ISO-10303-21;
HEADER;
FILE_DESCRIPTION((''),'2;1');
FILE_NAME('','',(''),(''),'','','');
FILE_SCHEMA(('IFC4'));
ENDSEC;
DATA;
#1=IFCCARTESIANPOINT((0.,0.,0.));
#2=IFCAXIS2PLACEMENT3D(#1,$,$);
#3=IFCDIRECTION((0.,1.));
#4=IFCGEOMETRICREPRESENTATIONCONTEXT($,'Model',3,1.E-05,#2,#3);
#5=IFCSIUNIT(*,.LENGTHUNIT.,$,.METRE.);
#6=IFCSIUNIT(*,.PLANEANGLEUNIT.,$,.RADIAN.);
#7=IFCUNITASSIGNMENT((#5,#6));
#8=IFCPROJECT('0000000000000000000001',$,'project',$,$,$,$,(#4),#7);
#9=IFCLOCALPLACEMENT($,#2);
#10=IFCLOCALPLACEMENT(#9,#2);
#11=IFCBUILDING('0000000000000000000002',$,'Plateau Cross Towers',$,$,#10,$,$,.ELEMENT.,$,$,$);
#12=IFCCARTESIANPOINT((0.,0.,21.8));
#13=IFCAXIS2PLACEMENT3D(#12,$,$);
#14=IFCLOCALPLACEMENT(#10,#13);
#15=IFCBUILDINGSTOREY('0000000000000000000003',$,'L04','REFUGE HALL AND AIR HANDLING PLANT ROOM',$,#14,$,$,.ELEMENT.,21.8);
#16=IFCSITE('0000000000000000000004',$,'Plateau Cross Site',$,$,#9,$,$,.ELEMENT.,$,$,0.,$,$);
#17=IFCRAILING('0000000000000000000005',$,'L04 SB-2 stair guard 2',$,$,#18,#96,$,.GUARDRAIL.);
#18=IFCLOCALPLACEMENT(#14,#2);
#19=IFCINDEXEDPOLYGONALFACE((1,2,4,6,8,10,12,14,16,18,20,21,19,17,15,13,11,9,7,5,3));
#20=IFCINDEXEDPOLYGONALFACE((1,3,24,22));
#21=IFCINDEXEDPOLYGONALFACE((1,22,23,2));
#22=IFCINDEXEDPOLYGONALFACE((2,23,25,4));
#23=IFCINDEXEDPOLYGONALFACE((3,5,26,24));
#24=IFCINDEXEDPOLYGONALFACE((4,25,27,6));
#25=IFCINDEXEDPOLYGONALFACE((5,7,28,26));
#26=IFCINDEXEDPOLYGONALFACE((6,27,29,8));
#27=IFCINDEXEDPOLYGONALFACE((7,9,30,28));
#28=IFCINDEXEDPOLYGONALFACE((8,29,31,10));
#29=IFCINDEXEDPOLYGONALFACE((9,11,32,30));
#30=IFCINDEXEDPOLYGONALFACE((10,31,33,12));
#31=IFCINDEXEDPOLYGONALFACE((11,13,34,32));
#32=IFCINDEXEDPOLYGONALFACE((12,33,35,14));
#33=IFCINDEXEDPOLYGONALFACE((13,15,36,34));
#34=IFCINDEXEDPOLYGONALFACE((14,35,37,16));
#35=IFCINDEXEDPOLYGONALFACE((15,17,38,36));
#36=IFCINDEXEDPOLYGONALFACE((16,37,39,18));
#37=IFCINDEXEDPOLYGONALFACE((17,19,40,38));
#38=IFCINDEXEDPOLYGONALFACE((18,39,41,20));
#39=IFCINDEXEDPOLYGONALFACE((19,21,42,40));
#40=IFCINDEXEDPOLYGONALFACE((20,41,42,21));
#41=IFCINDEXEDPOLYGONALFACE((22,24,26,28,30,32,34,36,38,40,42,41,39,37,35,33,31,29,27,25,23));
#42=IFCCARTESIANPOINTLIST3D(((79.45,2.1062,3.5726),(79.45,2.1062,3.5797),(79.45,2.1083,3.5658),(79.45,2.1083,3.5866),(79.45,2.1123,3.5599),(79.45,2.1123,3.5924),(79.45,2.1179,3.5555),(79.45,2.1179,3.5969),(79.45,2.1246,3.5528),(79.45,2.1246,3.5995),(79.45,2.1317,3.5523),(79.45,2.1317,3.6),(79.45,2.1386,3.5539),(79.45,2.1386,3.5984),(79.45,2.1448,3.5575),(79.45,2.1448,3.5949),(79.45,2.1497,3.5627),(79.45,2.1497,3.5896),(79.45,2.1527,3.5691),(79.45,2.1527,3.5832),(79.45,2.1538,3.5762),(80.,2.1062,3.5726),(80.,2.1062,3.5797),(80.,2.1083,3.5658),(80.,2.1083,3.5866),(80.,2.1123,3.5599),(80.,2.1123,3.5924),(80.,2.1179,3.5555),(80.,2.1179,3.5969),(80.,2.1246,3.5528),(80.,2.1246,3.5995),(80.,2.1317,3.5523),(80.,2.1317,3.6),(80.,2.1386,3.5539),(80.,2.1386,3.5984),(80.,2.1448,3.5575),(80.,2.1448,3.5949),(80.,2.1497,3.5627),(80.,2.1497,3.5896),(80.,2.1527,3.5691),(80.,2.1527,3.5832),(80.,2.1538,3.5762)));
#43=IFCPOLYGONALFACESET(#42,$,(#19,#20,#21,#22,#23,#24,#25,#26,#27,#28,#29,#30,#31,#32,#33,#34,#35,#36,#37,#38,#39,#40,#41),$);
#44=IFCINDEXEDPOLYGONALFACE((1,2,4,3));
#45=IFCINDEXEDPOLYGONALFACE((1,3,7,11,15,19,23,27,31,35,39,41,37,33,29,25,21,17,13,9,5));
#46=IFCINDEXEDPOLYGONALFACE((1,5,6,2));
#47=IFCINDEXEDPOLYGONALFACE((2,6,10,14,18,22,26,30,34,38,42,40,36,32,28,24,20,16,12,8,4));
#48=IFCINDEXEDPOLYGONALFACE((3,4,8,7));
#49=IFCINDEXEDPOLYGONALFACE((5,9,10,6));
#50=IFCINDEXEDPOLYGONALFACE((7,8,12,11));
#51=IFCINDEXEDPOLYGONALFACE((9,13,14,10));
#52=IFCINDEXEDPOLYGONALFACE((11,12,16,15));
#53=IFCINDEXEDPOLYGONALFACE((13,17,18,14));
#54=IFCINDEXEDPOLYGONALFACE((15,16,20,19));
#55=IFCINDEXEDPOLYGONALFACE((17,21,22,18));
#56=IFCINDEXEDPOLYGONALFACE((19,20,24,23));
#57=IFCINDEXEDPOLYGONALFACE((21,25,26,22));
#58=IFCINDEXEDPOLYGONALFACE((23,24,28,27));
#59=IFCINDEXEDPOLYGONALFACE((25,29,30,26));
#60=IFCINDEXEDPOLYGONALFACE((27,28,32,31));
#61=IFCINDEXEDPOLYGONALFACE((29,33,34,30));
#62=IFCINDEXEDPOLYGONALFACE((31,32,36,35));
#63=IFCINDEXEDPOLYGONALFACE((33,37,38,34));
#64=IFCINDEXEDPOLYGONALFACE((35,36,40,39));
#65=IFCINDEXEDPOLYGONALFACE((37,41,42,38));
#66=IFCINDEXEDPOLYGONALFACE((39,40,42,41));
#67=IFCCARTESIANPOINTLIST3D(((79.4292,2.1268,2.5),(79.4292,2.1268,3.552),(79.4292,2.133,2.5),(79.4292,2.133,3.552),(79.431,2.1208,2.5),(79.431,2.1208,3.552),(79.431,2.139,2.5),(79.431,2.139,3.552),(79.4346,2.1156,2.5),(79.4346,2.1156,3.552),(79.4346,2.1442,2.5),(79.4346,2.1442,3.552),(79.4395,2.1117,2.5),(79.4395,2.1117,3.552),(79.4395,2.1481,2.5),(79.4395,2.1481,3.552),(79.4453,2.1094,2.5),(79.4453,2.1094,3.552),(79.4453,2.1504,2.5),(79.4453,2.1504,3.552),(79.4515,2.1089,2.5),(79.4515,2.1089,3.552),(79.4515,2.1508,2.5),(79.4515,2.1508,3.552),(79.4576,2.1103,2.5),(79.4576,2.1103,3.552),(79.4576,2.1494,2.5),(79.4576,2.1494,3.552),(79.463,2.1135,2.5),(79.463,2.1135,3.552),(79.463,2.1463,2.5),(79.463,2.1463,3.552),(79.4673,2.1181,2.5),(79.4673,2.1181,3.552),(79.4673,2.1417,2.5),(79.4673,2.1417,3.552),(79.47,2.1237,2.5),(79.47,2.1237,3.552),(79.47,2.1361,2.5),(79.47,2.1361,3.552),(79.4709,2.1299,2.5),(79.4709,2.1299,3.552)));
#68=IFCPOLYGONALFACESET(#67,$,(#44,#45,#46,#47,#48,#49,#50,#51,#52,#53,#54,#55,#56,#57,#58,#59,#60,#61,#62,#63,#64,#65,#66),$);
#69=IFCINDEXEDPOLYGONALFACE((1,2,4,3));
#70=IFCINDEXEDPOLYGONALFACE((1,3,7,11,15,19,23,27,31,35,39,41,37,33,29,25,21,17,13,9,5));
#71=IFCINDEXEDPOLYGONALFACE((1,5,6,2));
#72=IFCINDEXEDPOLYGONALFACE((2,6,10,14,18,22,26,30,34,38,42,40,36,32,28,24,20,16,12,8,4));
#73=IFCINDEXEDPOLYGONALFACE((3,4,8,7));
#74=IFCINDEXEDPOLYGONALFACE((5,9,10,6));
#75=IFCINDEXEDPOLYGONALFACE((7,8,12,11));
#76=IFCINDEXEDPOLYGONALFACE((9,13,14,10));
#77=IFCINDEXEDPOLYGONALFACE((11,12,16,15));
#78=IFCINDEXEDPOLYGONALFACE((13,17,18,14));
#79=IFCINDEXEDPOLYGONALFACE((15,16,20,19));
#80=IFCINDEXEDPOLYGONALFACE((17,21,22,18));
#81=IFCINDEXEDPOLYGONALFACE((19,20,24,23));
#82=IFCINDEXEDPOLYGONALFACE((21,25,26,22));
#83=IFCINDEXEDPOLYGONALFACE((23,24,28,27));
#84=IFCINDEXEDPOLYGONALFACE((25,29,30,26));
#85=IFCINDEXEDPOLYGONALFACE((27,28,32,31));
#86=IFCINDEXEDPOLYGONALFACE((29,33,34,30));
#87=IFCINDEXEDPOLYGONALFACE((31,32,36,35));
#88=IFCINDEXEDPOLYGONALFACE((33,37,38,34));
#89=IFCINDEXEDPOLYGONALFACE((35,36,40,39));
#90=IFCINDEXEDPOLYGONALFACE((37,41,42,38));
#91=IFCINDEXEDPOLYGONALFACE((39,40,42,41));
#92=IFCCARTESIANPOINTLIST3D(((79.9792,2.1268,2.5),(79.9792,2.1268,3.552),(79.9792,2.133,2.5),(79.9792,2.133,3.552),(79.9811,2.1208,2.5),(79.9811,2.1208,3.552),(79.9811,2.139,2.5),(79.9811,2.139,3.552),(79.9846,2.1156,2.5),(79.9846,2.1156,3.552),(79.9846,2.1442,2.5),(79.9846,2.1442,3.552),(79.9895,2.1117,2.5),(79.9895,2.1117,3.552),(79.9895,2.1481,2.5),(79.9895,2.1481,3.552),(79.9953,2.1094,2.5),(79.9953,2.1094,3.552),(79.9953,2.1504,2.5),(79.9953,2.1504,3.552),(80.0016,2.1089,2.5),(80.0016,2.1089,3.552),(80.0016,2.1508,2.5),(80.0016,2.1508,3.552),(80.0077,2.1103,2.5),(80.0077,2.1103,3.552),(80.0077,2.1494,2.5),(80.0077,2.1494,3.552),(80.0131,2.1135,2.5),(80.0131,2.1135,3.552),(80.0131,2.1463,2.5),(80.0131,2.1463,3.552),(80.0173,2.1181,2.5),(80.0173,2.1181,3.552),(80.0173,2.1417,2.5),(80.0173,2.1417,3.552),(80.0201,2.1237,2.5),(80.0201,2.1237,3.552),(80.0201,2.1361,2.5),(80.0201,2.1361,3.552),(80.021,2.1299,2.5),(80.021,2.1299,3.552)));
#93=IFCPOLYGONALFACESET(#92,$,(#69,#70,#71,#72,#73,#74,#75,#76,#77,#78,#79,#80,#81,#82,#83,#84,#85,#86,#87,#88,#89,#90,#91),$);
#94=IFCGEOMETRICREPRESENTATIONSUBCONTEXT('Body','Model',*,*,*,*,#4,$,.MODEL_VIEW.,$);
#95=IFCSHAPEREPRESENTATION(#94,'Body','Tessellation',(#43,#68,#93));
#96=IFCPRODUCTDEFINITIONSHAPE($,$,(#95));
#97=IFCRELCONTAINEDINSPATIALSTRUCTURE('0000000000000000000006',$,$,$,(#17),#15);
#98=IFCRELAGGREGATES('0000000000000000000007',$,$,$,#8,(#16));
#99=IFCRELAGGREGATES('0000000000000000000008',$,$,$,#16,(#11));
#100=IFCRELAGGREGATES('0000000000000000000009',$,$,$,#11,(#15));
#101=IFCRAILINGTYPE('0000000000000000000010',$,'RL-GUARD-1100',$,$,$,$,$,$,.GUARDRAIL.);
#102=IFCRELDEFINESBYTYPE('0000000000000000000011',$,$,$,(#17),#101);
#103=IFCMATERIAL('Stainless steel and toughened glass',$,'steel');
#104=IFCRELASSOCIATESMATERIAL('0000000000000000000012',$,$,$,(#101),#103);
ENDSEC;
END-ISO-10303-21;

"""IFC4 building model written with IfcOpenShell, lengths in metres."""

from ifc_helpers import new_model, si_unit, direction, frame, origin, origin_2d, place, context, subcontext, project, spatial, circle, extrude, material, type_object, element, save


model = new_model("IFC4")

# Units and contexts
model_context = context("Model", 3, precision=1e-05, world=origin(), true_north=direction((0.0, 1.0)))
body_context = subcontext(model_context, "Body", "Model", "MODEL_VIEW")
ifc_project = project(units=[si_unit("LENGTHUNIT", "METRE"), si_unit("PLANEANGLEUNIT", "RADIAN")], contexts=[model_context])

# Site, building, storey
site_placement = place(None, origin())
site = spatial("IfcSite", under=ifc_project, at=site_placement, Name="Plateau Cross Site", CompositionType="ELEMENT", RefElevation=0.0)
building_placement = place(site_placement, origin())
building = spatial("IfcBuilding", under=site, at=building_placement, Name="Plateau Cross Towers", CompositionType="ELEMENT")
storey_placement = place(building_placement, frame((0.0, 0.0, 21.8)))
storey = spatial("IfcBuildingStorey", under=building, at=storey_placement, Name="L04", Description="REFUGE HALL AND AIR HANDLING PLANT ROOM", CompositionType="ELEMENT", Elevation=21.8)

# Railing
ifc_material_1 = material(Name="Stainless steel and toughened glass", Category="steel")
railing_type_1 = type_object("IfcRailingType", Name="RL-GUARD-1100", PredefinedType="GUARDRAIL", material=ifc_material_1)
railing_1_placement = place(storey_placement, frame((79.45, 2.1299, 2.5)))
element("IfcRailing", 1, at=railing_1_placement, inside=storey, type_object=railing_type_1, Name="L04 SB-2 stair guard 2", PredefinedType="GUARDRAIL", context=body_context, shape_type="SweptSolid", body=[
    extrude(circle(Radius=0.0239, at=origin_2d()), frame((0.0, 0.0, 1.0762), z_axis=(1.0, 0.0, 0.0), x_axis=(0.0, 1.0, 0.0)), (0.0, 0.0, 1.0), 0.55),
    extrude(circle(Radius=0.021, at=origin_2d()), origin(), (0.0, 0.0, 1.0), 1.052),
    extrude(circle(Radius=0.021, at=origin_2d()), frame((0.55, 0.0, 0.0)), (0.0, 0.0, 1.0), 1.052),
])

save(model, "model.ifc")
